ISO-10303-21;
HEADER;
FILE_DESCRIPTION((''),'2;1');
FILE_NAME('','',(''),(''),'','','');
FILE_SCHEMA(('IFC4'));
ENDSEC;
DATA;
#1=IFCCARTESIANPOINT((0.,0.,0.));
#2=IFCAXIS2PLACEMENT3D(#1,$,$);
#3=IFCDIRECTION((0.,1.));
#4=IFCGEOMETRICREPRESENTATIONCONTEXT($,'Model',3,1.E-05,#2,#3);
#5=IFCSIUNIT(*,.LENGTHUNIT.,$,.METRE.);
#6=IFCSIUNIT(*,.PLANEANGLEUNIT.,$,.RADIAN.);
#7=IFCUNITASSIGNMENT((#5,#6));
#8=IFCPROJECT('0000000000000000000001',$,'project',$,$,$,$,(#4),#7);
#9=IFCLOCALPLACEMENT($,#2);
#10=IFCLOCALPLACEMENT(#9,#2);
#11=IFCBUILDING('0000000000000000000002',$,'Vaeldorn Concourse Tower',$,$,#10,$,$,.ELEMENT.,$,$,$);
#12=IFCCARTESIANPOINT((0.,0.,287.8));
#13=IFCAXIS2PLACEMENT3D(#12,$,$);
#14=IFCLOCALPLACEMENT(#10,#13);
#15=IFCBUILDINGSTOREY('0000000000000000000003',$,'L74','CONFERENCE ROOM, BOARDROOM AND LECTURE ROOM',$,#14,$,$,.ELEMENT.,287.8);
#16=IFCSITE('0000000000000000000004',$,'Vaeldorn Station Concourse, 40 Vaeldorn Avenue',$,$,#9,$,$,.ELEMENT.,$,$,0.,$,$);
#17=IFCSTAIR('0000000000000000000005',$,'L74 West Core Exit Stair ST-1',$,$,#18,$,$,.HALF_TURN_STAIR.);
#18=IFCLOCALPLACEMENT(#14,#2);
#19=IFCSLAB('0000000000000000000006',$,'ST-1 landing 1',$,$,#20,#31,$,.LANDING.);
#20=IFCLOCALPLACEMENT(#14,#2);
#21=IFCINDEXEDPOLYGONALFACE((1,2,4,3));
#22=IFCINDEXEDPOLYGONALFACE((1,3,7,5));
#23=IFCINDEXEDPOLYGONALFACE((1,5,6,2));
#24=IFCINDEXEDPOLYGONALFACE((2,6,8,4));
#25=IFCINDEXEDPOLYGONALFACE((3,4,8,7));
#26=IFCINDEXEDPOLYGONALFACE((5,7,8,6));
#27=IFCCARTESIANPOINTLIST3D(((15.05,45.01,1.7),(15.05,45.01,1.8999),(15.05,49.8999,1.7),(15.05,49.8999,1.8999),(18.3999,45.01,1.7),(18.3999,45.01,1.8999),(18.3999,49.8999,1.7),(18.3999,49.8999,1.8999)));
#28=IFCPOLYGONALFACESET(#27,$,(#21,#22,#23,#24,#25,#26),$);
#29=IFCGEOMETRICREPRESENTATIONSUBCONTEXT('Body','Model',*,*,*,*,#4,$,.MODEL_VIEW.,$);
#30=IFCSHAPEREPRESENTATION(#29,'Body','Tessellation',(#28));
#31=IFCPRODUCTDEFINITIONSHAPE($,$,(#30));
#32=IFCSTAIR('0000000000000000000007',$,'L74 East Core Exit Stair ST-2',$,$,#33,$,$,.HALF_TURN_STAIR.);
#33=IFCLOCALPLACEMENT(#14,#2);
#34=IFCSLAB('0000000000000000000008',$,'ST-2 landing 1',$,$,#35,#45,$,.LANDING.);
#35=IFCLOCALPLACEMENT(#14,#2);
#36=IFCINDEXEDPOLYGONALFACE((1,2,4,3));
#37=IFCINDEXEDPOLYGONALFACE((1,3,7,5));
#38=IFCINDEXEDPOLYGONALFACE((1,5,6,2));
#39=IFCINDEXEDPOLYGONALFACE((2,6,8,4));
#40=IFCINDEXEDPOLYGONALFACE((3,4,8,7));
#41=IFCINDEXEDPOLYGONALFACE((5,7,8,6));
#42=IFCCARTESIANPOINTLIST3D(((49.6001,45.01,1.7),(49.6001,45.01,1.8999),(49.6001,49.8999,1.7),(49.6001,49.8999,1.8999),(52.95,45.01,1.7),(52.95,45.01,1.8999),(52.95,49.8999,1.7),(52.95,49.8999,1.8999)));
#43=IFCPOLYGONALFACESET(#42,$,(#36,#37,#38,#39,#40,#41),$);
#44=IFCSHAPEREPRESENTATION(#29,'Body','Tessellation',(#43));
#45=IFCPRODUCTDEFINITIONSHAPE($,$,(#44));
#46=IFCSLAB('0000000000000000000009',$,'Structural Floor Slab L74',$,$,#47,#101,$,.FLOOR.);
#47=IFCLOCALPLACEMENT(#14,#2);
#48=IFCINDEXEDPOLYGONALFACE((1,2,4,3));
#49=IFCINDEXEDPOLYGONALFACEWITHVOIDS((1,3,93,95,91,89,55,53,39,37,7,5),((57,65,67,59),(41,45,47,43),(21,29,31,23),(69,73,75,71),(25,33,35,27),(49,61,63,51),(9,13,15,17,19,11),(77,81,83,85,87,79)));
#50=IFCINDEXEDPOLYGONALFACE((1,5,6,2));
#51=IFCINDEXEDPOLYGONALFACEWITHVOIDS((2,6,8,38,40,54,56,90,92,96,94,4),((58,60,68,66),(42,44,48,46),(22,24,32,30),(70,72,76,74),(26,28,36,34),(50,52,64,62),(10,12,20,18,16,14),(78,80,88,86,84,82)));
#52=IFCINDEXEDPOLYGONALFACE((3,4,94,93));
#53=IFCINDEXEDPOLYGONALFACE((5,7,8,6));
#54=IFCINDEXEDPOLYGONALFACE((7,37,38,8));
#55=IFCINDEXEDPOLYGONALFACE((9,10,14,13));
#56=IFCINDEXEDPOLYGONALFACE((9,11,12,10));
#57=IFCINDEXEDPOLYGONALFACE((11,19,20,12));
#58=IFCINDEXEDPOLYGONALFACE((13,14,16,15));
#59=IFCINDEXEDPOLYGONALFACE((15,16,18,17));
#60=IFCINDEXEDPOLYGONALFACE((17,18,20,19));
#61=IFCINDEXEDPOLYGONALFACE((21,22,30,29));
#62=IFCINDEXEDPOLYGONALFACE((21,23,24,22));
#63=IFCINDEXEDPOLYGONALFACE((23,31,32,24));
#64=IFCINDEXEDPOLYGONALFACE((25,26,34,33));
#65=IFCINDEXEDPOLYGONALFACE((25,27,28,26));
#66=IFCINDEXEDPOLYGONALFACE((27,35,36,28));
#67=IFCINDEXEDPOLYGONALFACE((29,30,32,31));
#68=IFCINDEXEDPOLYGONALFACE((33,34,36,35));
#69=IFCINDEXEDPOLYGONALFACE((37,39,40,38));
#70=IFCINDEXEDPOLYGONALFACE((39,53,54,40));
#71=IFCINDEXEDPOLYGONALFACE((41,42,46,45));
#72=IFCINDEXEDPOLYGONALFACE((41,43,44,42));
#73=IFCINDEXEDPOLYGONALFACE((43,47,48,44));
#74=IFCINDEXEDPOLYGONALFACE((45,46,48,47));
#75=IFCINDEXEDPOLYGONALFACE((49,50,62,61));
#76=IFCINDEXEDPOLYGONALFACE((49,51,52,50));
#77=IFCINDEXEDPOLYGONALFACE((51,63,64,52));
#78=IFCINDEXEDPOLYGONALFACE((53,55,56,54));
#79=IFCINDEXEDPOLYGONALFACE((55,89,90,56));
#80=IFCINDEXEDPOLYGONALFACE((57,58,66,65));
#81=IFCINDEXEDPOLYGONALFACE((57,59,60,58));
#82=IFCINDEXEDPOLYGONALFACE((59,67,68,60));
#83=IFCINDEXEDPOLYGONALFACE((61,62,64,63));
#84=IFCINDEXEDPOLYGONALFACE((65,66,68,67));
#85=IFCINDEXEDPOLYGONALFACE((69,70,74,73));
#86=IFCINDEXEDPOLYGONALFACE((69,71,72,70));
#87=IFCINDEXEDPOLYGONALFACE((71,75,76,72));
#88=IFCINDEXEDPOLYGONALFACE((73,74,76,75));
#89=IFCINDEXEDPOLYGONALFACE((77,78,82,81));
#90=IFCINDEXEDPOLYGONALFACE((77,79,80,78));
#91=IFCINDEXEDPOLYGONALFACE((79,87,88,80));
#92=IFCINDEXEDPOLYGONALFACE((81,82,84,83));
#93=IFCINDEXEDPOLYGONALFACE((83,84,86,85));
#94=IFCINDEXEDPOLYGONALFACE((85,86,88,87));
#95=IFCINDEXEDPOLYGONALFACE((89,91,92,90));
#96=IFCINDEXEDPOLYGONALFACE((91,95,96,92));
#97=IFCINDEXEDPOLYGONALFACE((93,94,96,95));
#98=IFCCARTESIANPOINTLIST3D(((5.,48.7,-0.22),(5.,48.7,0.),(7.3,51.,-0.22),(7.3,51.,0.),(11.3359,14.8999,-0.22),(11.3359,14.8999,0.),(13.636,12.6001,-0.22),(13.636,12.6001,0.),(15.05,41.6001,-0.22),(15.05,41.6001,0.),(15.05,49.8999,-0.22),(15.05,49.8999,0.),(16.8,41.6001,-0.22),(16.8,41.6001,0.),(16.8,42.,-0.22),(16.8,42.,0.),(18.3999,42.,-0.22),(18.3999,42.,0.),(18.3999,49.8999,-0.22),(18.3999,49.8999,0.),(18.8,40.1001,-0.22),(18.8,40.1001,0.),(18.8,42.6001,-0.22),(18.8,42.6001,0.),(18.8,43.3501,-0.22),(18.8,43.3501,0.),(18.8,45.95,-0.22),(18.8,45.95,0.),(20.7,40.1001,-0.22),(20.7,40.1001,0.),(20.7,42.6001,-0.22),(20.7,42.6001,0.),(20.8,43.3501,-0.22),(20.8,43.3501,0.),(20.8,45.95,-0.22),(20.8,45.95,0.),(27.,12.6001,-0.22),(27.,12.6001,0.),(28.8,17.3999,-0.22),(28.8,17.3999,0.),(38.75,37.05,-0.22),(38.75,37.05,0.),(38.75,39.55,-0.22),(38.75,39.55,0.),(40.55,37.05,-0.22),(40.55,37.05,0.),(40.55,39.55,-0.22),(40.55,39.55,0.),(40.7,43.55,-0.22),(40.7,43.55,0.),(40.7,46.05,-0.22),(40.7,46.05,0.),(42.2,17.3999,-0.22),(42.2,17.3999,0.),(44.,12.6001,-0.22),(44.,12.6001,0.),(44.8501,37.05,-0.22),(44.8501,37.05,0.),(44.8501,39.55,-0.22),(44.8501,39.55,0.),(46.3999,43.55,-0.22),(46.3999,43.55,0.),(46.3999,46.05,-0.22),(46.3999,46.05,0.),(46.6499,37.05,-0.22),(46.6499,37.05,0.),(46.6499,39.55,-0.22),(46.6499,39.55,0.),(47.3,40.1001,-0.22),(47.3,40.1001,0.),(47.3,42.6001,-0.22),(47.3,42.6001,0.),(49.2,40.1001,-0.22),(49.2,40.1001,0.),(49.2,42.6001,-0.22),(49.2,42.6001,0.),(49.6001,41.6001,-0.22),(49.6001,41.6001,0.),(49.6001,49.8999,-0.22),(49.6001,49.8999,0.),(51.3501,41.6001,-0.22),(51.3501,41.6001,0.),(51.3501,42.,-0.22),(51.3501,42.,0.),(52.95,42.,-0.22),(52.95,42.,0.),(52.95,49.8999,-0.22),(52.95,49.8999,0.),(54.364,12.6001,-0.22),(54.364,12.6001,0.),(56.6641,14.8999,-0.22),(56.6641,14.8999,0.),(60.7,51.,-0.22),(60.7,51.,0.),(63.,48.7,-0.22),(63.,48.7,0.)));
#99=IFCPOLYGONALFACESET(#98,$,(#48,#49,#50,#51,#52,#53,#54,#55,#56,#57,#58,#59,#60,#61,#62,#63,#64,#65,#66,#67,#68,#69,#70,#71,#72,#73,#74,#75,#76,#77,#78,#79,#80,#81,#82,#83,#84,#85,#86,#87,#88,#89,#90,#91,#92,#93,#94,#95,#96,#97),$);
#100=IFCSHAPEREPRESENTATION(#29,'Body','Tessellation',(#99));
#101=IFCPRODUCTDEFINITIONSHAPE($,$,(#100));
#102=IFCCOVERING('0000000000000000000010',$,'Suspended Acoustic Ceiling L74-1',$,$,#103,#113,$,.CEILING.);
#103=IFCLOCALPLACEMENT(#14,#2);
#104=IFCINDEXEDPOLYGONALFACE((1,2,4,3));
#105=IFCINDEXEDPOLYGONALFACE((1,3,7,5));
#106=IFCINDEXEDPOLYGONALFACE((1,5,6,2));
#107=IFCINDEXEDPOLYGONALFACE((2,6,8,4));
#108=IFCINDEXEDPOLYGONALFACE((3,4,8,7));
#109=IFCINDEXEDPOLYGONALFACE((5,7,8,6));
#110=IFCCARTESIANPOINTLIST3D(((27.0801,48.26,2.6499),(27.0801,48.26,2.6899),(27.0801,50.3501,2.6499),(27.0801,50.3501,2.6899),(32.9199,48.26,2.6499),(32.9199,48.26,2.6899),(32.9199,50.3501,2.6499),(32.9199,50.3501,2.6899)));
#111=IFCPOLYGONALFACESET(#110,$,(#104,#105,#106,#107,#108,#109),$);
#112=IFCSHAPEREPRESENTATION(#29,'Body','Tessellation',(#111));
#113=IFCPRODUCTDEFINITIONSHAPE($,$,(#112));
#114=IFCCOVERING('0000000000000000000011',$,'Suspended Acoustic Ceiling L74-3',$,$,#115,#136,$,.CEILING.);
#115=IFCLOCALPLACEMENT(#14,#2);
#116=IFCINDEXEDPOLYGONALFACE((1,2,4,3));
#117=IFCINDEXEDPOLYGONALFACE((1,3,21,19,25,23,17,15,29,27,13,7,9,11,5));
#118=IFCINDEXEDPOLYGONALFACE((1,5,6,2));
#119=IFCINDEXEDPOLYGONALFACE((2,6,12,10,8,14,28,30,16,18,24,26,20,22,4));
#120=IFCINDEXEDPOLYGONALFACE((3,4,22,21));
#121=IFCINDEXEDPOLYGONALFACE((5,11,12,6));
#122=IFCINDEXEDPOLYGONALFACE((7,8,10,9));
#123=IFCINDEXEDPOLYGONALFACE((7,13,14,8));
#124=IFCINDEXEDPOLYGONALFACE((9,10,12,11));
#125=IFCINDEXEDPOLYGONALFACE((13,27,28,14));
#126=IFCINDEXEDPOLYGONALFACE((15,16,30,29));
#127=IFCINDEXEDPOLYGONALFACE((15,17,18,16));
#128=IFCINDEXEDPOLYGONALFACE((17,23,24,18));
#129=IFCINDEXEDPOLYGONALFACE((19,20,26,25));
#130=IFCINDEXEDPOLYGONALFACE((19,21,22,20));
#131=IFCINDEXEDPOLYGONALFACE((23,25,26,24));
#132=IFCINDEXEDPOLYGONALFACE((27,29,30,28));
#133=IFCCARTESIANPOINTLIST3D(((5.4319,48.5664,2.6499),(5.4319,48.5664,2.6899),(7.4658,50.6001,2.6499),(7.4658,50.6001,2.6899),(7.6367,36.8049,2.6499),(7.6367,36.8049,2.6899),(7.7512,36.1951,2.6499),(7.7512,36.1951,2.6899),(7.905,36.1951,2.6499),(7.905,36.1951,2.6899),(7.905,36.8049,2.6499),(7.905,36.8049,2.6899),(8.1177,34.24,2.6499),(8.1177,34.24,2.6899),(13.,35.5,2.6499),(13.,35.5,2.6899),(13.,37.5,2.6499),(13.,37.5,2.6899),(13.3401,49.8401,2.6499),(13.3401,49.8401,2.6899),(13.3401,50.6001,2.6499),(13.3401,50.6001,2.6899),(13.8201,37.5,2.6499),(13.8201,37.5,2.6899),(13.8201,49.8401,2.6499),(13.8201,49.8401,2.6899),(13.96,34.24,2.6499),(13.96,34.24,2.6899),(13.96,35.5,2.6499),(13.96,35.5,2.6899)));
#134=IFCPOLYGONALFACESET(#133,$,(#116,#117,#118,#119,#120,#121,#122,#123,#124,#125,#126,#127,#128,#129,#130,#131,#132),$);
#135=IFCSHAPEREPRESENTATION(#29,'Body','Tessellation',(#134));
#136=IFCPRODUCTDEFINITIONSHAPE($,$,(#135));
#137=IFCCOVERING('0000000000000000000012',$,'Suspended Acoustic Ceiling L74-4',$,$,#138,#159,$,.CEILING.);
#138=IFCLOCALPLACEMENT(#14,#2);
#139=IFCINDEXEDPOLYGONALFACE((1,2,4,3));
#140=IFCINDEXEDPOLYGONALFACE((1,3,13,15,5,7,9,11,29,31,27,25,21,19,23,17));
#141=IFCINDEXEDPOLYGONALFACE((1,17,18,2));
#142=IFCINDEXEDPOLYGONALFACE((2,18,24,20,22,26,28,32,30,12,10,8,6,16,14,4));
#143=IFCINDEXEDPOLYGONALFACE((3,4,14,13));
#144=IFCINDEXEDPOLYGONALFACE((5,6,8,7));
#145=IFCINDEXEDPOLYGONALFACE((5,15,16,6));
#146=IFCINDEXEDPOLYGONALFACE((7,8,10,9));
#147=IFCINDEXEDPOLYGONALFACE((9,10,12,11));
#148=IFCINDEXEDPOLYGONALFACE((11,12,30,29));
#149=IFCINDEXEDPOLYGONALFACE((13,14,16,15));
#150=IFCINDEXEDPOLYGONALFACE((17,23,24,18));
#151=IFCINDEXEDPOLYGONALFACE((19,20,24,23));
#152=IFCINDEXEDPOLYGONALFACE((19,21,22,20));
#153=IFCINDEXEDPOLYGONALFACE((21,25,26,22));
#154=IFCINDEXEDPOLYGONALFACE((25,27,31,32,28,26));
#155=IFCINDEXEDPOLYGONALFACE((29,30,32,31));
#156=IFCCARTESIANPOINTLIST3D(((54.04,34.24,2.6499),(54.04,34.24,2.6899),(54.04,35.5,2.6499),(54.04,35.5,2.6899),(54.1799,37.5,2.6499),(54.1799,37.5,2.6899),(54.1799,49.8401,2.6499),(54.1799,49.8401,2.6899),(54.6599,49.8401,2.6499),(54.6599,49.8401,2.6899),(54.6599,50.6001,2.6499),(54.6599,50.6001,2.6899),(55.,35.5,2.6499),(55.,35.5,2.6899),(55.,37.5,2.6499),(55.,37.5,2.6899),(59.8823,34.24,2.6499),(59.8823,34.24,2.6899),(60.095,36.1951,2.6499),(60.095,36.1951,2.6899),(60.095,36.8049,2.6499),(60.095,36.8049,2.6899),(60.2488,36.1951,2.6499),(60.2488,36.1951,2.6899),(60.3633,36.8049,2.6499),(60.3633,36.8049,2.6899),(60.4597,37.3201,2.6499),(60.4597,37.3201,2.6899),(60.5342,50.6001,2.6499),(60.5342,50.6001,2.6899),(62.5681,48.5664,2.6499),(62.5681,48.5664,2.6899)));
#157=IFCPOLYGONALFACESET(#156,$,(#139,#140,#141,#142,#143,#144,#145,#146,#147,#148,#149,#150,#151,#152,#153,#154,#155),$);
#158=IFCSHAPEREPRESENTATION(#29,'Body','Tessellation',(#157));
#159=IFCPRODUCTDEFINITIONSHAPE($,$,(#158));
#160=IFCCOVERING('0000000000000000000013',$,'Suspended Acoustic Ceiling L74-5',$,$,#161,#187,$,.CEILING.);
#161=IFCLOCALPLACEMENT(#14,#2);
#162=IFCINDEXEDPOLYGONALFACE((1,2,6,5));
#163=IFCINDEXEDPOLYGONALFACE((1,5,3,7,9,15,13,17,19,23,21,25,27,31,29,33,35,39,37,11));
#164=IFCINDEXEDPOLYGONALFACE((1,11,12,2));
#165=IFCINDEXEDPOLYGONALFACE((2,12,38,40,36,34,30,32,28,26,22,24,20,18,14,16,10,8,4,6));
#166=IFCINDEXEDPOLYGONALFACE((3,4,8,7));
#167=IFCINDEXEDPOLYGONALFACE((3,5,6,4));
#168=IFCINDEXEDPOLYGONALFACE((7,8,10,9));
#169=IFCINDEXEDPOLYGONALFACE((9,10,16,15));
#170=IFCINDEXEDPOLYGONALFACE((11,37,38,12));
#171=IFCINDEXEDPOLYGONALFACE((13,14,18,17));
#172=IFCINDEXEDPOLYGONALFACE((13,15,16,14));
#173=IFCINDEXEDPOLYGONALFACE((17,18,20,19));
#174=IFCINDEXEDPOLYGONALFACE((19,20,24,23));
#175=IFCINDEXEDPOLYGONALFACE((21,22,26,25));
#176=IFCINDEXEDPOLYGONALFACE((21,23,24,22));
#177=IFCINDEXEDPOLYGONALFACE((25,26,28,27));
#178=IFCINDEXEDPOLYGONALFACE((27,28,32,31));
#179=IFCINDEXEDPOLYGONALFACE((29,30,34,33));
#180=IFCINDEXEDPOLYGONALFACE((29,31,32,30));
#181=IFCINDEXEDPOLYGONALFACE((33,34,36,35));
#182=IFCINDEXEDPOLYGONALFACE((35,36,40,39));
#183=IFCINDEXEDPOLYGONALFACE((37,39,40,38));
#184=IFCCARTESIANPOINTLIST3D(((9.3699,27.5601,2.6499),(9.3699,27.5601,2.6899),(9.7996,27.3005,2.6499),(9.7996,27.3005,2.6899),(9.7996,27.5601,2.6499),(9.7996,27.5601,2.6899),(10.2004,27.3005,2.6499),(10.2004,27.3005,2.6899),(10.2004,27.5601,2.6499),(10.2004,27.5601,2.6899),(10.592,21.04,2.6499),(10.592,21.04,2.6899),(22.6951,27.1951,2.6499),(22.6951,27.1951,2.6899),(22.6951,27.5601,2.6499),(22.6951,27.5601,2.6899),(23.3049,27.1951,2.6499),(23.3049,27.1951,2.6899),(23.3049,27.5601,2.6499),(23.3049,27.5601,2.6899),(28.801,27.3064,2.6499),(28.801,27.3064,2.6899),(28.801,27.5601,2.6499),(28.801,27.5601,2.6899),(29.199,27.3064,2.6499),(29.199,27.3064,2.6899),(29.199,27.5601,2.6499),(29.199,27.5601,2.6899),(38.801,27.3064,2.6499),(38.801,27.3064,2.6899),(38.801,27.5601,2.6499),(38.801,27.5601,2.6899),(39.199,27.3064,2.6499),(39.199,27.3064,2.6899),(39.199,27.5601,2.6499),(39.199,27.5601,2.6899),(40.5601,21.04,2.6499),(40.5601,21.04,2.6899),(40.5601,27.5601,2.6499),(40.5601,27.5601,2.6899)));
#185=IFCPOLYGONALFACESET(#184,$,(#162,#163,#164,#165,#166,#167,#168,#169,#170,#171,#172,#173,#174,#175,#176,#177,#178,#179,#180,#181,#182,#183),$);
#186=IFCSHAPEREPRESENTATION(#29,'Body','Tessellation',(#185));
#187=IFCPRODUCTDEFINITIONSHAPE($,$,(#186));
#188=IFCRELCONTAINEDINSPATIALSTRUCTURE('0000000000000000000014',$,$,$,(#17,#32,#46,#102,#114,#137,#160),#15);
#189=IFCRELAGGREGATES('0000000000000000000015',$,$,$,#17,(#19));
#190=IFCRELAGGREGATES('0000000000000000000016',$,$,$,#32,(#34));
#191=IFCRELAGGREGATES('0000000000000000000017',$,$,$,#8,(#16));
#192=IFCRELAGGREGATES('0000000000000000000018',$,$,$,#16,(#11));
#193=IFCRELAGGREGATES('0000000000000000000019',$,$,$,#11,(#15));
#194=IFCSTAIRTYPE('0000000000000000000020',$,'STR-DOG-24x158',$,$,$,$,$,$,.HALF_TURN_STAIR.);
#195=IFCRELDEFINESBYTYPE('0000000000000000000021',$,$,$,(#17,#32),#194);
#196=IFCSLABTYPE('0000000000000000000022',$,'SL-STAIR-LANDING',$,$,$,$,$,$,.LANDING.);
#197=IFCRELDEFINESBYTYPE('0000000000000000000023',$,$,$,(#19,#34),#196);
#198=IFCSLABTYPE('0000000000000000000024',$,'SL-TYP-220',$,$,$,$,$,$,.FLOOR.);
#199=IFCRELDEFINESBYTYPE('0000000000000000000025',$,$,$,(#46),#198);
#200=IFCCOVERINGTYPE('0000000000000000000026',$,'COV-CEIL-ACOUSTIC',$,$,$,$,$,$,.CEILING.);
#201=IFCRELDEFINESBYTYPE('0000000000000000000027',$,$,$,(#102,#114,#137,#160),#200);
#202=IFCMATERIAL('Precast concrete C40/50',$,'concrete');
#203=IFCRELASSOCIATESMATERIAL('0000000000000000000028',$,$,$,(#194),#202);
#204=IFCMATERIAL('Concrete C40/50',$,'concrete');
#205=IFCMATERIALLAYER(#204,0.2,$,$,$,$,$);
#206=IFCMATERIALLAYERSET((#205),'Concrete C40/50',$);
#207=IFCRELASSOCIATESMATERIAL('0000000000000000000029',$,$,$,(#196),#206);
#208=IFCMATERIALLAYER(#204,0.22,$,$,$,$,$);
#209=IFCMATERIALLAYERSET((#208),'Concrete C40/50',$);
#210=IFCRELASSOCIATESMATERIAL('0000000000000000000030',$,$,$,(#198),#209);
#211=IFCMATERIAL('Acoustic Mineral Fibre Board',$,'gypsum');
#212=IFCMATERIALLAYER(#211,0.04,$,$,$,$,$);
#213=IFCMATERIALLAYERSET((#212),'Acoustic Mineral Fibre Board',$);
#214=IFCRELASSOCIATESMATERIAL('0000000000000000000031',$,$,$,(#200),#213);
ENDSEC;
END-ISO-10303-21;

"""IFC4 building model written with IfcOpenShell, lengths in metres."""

from ifc_helpers import new_model, si_unit, direction, frame, origin, place, context, subcontext, project, spatial, polyline, outline, extrude, material, layer, layer_set, type_object, element, aggregate, save


model = new_model("IFC4")

# Units and contexts
model_context = context("Model", 3, precision=1e-05, world=origin(), true_north=direction((0.0, 1.0)))
body_context = subcontext(model_context, "Body", "Model", "MODEL_VIEW")
ifc_project = project(units=[si_unit("LENGTHUNIT", "METRE"), si_unit("PLANEANGLEUNIT", "RADIAN")], contexts=[model_context])

# Site, building, storey
site_placement = place(None, origin())
site = spatial("IfcSite", under=ifc_project, at=site_placement, Name="Vaeldorn Station Concourse, 40 Vaeldorn Avenue", CompositionType="ELEMENT", RefElevation=0.0)
building_placement = place(site_placement, origin())
building = spatial("IfcBuilding", under=site, at=building_placement, Name="Vaeldorn Concourse Tower", CompositionType="ELEMENT")
storey_placement = place(building_placement, frame((0.0, 0.0, 287.8)))
storey = spatial("IfcBuildingStorey", under=building, at=storey_placement, Name="L74", Description="CONFERENCE ROOM, BOARDROOM AND LECTURE ROOM", CompositionType="ELEMENT", Elevation=287.8)

# Stairs, slabs
ifc_material_1 = material(Name="Precast concrete C40/50", Category="concrete")
stair_type = type_object("IfcStairType", Name="STR-DOG-24x158", PredefinedType="HALF_TURN_STAIR", material=ifc_material_1)
stair_1_placement = place(storey_placement, origin())
stair_1 = element("IfcStair", 1, at=stair_1_placement, inside=storey, type_object=stair_type, Name="L74 West Core Exit Stair ST-1", PredefinedType="HALF_TURN_STAIR")
ifc_material_2 = material(Name="Concrete C40/50", Category="concrete")
ifc_layer_1 = layer(ifc_material_2, 0.2)
ifc_layer_set_1 = layer_set([ifc_layer_1], Name="Concrete C40/50")
slab_type_1 = type_object("IfcSlabType", Name="SL-STAIR-LANDING", PredefinedType="LANDING", material=ifc_layer_set_1)
slab_1_placement = place(storey_placement, frame((0.0, 0.0, 1.7)))
slab_1 = element("IfcSlab", 2, at=slab_1_placement, type_object=slab_type_1, Name="ST-1 landing 1", PredefinedType="LANDING", context=body_context, shape_type="SweptSolid", body=[
    extrude(outline(polyline([(18.3999, 45.01), (18.3999, 49.8999), (15.05, 49.8999), (15.05, 45.01), (18.3999, 45.01)])), origin(), (0.0, 0.0, 1.0), 0.2),
])
aggregate(stair_1, [slab_1])
stair_2_placement = place(storey_placement, origin())
stair_2 = element("IfcStair", 3, at=stair_2_placement, inside=storey, type_object=stair_type, Name="L74 East Core Exit Stair ST-2", PredefinedType="HALF_TURN_STAIR")
slab_2_placement = place(storey_placement, frame((0.0, 0.0, 1.7)))
slab_2 = element("IfcSlab", 4, at=slab_2_placement, type_object=slab_type_1, Name="ST-2 landing 1", PredefinedType="LANDING", context=body_context, shape_type="SweptSolid", body=[
    extrude(outline(polyline([(52.95, 45.01), (52.95, 49.8999), (49.6001, 49.8999), (49.6001, 45.01), (52.95, 45.01)])), origin(), (0.0, 0.0, 1.0), 0.2),
])
aggregate(stair_2, [slab_2])

# Slab
ifc_layer_2 = layer(ifc_material_2, 0.22)
ifc_layer_set_2 = layer_set([ifc_layer_2], Name="Concrete C40/50")
slab_type_2 = type_object("IfcSlabType", Name="SL-TYP-220", PredefinedType="FLOOR", material=ifc_layer_set_2)
slab_3_placement = place(storey_placement, frame((0.0, 0.0, -0.22)))
element("IfcSlab", 5, at=slab_3_placement, inside=storey, type_object=slab_type_2, Name="Structural Floor Slab L74", PredefinedType="FLOOR", context=body_context, shape_type="SweptSolid", body=[
    extrude(outline(polyline([(13.636, 12.6001), (27.0, 12.6001), (28.8, 17.3999), (42.2, 17.3999), (44.0, 12.6001), (54.364, 12.6001), (56.6641, 14.8999), (63.0, 48.7), (60.7, 51.0), (7.3, 51.0), (5.0, 48.7), (11.3359, 14.8999), (13.636, 12.6001)]), holes=[polyline([(18.3999, 42.0), (18.3999, 49.8999), (15.05, 49.8999), (15.05, 41.6001), (16.8, 41.6001), (16.8, 42.0), (18.3999, 42.0)]), polyline([(52.95, 42.0), (52.95, 49.8999), (49.6001, 49.8999), (49.6001, 41.6001), (51.3501, 41.6001), (51.3501, 42.0), (52.95, 42.0)]), polyline([(38.75, 37.05), (40.55, 37.05), (40.55, 39.55), (38.75, 39.55), (38.75, 37.05)]), polyline([(44.8501, 37.05), (46.6499, 37.05), (46.6499, 39.55), (44.8501, 39.55), (44.8501, 37.05)]), polyline([(40.7, 43.55), (46.3999, 43.55), (46.3999, 46.05), (40.7, 46.05), (40.7, 43.55)]), polyline([(18.8, 43.3501), (20.8, 43.3501), (20.8, 45.95), (18.8, 45.95), (18.8, 43.3501)]), polyline([(18.8, 40.1001), (20.7, 40.1001), (20.7, 42.6001), (18.8, 42.6001), (18.8, 40.1001)]), polyline([(47.3, 40.1001), (49.2, 40.1001), (49.2, 42.6001), (47.3, 42.6001), (47.3, 40.1001)])]), origin(), (0.0, 0.0, 1.0), 0.22),
])

# Coverings
ifc_material_3 = material(Name="Acoustic Mineral Fibre Board", Category="gypsum")
ifc_layer_3 = layer(ifc_material_3, 0.04)
ifc_layer_set_3 = layer_set([ifc_layer_3], Name="Acoustic Mineral Fibre Board")
covering_type_1 = type_object("IfcCoveringType", Name="COV-CEIL-ACOUSTIC", PredefinedType="CEILING", material=ifc_layer_set_3)
covering_1_placement = place(storey_placement, frame((0.0, 0.0, 2.6499)))
element("IfcCovering", 6, at=covering_1_placement, inside=storey, type_object=covering_type_1, Name="Suspended Acoustic Ceiling L74-1", PredefinedType="CEILING", context=body_context, shape_type="SweptSolid", body=[
    extrude(outline(polyline([(27.0801, 48.26), (27.0801, 50.3501), (32.9199, 50.3501), (32.9199, 48.26), (27.0801, 48.26)])), origin(), (0.0, 0.0, 1.0), 0.04),
])
covering_2_placement = place(storey_placement, frame((0.0, 0.0, 2.6499)))
element("IfcCovering", 7, at=covering_2_placement, inside=storey, type_object=covering_type_1, Name="Suspended Acoustic Ceiling L74-3", PredefinedType="CEILING", context=body_context, shape_type="SweptSolid", body=[
    extrude(outline(polyline([(7.4658, 50.6001), (13.3401, 50.6001), (13.3401, 49.8401), (13.8201, 49.8401), (13.8201, 37.5), (13.0, 37.5), (13.0, 35.5), (13.96, 35.5), (13.96, 34.24), (8.1177, 34.24), (7.7512, 36.1951), (7.905, 36.1951), (7.905, 36.8049), (7.6367, 36.8049), (5.4319, 48.5664), (7.4658, 50.6001)])), origin(), (0.0, 0.0, 1.0), 0.04),
])
covering_3_placement = place(storey_placement, frame((0.0, 0.0, 2.6499)))
element("IfcCovering", 8, at=covering_3_placement, inside=storey, type_object=covering_type_1, Name="Suspended Acoustic Ceiling L74-4", PredefinedType="CEILING", context=body_context, shape_type="SweptSolid", body=[
    extrude(outline(polyline([(54.1799, 49.8401), (54.6599, 49.8401), (54.6599, 50.6001), (60.5342, 50.6001), (62.5681, 48.5664), (60.4597, 37.3201), (60.4597, 37.3201), (60.3633, 36.8049), (60.095, 36.8049), (60.095, 36.1951), (60.2488, 36.1951), (59.8823, 34.24), (54.04, 34.24), (54.04, 35.5), (55.0, 35.5), (55.0, 37.5), (54.1799, 37.5), (54.1799, 49.8401)])), origin(), (0.0, 0.0, 1.0), 0.04),
])
covering_4_placement = place(storey_placement, frame((0.0, 0.0, 2.6499)))
element("IfcCovering", 9, at=covering_4_placement, inside=storey, type_object=covering_type_1, Name="Suspended Acoustic Ceiling L74-5", PredefinedType="CEILING", context=body_context, shape_type="SweptSolid", body=[
    extrude(outline(polyline([(9.7996, 27.5601), (9.7996, 27.3005), (10.2004, 27.3005), (10.2004, 27.5601), (22.6951, 27.5601), (22.6951, 27.1951), (23.3049, 27.1951), (23.3049, 27.5601), (28.801, 27.5601), (28.801, 27.3064), (29.199, 27.3064), (29.199, 27.5601), (38.801, 27.5601), (38.801, 27.3064), (39.199, 27.3064), (39.199, 27.5601), (40.5601, 27.5601), (40.5601, 21.04), (10.592, 21.04), (9.3699, 27.5601), (9.7996, 27.5601)])), origin(), (0.0, 0.0, 1.0), 0.04),
])

save(model, "model.ifc")
